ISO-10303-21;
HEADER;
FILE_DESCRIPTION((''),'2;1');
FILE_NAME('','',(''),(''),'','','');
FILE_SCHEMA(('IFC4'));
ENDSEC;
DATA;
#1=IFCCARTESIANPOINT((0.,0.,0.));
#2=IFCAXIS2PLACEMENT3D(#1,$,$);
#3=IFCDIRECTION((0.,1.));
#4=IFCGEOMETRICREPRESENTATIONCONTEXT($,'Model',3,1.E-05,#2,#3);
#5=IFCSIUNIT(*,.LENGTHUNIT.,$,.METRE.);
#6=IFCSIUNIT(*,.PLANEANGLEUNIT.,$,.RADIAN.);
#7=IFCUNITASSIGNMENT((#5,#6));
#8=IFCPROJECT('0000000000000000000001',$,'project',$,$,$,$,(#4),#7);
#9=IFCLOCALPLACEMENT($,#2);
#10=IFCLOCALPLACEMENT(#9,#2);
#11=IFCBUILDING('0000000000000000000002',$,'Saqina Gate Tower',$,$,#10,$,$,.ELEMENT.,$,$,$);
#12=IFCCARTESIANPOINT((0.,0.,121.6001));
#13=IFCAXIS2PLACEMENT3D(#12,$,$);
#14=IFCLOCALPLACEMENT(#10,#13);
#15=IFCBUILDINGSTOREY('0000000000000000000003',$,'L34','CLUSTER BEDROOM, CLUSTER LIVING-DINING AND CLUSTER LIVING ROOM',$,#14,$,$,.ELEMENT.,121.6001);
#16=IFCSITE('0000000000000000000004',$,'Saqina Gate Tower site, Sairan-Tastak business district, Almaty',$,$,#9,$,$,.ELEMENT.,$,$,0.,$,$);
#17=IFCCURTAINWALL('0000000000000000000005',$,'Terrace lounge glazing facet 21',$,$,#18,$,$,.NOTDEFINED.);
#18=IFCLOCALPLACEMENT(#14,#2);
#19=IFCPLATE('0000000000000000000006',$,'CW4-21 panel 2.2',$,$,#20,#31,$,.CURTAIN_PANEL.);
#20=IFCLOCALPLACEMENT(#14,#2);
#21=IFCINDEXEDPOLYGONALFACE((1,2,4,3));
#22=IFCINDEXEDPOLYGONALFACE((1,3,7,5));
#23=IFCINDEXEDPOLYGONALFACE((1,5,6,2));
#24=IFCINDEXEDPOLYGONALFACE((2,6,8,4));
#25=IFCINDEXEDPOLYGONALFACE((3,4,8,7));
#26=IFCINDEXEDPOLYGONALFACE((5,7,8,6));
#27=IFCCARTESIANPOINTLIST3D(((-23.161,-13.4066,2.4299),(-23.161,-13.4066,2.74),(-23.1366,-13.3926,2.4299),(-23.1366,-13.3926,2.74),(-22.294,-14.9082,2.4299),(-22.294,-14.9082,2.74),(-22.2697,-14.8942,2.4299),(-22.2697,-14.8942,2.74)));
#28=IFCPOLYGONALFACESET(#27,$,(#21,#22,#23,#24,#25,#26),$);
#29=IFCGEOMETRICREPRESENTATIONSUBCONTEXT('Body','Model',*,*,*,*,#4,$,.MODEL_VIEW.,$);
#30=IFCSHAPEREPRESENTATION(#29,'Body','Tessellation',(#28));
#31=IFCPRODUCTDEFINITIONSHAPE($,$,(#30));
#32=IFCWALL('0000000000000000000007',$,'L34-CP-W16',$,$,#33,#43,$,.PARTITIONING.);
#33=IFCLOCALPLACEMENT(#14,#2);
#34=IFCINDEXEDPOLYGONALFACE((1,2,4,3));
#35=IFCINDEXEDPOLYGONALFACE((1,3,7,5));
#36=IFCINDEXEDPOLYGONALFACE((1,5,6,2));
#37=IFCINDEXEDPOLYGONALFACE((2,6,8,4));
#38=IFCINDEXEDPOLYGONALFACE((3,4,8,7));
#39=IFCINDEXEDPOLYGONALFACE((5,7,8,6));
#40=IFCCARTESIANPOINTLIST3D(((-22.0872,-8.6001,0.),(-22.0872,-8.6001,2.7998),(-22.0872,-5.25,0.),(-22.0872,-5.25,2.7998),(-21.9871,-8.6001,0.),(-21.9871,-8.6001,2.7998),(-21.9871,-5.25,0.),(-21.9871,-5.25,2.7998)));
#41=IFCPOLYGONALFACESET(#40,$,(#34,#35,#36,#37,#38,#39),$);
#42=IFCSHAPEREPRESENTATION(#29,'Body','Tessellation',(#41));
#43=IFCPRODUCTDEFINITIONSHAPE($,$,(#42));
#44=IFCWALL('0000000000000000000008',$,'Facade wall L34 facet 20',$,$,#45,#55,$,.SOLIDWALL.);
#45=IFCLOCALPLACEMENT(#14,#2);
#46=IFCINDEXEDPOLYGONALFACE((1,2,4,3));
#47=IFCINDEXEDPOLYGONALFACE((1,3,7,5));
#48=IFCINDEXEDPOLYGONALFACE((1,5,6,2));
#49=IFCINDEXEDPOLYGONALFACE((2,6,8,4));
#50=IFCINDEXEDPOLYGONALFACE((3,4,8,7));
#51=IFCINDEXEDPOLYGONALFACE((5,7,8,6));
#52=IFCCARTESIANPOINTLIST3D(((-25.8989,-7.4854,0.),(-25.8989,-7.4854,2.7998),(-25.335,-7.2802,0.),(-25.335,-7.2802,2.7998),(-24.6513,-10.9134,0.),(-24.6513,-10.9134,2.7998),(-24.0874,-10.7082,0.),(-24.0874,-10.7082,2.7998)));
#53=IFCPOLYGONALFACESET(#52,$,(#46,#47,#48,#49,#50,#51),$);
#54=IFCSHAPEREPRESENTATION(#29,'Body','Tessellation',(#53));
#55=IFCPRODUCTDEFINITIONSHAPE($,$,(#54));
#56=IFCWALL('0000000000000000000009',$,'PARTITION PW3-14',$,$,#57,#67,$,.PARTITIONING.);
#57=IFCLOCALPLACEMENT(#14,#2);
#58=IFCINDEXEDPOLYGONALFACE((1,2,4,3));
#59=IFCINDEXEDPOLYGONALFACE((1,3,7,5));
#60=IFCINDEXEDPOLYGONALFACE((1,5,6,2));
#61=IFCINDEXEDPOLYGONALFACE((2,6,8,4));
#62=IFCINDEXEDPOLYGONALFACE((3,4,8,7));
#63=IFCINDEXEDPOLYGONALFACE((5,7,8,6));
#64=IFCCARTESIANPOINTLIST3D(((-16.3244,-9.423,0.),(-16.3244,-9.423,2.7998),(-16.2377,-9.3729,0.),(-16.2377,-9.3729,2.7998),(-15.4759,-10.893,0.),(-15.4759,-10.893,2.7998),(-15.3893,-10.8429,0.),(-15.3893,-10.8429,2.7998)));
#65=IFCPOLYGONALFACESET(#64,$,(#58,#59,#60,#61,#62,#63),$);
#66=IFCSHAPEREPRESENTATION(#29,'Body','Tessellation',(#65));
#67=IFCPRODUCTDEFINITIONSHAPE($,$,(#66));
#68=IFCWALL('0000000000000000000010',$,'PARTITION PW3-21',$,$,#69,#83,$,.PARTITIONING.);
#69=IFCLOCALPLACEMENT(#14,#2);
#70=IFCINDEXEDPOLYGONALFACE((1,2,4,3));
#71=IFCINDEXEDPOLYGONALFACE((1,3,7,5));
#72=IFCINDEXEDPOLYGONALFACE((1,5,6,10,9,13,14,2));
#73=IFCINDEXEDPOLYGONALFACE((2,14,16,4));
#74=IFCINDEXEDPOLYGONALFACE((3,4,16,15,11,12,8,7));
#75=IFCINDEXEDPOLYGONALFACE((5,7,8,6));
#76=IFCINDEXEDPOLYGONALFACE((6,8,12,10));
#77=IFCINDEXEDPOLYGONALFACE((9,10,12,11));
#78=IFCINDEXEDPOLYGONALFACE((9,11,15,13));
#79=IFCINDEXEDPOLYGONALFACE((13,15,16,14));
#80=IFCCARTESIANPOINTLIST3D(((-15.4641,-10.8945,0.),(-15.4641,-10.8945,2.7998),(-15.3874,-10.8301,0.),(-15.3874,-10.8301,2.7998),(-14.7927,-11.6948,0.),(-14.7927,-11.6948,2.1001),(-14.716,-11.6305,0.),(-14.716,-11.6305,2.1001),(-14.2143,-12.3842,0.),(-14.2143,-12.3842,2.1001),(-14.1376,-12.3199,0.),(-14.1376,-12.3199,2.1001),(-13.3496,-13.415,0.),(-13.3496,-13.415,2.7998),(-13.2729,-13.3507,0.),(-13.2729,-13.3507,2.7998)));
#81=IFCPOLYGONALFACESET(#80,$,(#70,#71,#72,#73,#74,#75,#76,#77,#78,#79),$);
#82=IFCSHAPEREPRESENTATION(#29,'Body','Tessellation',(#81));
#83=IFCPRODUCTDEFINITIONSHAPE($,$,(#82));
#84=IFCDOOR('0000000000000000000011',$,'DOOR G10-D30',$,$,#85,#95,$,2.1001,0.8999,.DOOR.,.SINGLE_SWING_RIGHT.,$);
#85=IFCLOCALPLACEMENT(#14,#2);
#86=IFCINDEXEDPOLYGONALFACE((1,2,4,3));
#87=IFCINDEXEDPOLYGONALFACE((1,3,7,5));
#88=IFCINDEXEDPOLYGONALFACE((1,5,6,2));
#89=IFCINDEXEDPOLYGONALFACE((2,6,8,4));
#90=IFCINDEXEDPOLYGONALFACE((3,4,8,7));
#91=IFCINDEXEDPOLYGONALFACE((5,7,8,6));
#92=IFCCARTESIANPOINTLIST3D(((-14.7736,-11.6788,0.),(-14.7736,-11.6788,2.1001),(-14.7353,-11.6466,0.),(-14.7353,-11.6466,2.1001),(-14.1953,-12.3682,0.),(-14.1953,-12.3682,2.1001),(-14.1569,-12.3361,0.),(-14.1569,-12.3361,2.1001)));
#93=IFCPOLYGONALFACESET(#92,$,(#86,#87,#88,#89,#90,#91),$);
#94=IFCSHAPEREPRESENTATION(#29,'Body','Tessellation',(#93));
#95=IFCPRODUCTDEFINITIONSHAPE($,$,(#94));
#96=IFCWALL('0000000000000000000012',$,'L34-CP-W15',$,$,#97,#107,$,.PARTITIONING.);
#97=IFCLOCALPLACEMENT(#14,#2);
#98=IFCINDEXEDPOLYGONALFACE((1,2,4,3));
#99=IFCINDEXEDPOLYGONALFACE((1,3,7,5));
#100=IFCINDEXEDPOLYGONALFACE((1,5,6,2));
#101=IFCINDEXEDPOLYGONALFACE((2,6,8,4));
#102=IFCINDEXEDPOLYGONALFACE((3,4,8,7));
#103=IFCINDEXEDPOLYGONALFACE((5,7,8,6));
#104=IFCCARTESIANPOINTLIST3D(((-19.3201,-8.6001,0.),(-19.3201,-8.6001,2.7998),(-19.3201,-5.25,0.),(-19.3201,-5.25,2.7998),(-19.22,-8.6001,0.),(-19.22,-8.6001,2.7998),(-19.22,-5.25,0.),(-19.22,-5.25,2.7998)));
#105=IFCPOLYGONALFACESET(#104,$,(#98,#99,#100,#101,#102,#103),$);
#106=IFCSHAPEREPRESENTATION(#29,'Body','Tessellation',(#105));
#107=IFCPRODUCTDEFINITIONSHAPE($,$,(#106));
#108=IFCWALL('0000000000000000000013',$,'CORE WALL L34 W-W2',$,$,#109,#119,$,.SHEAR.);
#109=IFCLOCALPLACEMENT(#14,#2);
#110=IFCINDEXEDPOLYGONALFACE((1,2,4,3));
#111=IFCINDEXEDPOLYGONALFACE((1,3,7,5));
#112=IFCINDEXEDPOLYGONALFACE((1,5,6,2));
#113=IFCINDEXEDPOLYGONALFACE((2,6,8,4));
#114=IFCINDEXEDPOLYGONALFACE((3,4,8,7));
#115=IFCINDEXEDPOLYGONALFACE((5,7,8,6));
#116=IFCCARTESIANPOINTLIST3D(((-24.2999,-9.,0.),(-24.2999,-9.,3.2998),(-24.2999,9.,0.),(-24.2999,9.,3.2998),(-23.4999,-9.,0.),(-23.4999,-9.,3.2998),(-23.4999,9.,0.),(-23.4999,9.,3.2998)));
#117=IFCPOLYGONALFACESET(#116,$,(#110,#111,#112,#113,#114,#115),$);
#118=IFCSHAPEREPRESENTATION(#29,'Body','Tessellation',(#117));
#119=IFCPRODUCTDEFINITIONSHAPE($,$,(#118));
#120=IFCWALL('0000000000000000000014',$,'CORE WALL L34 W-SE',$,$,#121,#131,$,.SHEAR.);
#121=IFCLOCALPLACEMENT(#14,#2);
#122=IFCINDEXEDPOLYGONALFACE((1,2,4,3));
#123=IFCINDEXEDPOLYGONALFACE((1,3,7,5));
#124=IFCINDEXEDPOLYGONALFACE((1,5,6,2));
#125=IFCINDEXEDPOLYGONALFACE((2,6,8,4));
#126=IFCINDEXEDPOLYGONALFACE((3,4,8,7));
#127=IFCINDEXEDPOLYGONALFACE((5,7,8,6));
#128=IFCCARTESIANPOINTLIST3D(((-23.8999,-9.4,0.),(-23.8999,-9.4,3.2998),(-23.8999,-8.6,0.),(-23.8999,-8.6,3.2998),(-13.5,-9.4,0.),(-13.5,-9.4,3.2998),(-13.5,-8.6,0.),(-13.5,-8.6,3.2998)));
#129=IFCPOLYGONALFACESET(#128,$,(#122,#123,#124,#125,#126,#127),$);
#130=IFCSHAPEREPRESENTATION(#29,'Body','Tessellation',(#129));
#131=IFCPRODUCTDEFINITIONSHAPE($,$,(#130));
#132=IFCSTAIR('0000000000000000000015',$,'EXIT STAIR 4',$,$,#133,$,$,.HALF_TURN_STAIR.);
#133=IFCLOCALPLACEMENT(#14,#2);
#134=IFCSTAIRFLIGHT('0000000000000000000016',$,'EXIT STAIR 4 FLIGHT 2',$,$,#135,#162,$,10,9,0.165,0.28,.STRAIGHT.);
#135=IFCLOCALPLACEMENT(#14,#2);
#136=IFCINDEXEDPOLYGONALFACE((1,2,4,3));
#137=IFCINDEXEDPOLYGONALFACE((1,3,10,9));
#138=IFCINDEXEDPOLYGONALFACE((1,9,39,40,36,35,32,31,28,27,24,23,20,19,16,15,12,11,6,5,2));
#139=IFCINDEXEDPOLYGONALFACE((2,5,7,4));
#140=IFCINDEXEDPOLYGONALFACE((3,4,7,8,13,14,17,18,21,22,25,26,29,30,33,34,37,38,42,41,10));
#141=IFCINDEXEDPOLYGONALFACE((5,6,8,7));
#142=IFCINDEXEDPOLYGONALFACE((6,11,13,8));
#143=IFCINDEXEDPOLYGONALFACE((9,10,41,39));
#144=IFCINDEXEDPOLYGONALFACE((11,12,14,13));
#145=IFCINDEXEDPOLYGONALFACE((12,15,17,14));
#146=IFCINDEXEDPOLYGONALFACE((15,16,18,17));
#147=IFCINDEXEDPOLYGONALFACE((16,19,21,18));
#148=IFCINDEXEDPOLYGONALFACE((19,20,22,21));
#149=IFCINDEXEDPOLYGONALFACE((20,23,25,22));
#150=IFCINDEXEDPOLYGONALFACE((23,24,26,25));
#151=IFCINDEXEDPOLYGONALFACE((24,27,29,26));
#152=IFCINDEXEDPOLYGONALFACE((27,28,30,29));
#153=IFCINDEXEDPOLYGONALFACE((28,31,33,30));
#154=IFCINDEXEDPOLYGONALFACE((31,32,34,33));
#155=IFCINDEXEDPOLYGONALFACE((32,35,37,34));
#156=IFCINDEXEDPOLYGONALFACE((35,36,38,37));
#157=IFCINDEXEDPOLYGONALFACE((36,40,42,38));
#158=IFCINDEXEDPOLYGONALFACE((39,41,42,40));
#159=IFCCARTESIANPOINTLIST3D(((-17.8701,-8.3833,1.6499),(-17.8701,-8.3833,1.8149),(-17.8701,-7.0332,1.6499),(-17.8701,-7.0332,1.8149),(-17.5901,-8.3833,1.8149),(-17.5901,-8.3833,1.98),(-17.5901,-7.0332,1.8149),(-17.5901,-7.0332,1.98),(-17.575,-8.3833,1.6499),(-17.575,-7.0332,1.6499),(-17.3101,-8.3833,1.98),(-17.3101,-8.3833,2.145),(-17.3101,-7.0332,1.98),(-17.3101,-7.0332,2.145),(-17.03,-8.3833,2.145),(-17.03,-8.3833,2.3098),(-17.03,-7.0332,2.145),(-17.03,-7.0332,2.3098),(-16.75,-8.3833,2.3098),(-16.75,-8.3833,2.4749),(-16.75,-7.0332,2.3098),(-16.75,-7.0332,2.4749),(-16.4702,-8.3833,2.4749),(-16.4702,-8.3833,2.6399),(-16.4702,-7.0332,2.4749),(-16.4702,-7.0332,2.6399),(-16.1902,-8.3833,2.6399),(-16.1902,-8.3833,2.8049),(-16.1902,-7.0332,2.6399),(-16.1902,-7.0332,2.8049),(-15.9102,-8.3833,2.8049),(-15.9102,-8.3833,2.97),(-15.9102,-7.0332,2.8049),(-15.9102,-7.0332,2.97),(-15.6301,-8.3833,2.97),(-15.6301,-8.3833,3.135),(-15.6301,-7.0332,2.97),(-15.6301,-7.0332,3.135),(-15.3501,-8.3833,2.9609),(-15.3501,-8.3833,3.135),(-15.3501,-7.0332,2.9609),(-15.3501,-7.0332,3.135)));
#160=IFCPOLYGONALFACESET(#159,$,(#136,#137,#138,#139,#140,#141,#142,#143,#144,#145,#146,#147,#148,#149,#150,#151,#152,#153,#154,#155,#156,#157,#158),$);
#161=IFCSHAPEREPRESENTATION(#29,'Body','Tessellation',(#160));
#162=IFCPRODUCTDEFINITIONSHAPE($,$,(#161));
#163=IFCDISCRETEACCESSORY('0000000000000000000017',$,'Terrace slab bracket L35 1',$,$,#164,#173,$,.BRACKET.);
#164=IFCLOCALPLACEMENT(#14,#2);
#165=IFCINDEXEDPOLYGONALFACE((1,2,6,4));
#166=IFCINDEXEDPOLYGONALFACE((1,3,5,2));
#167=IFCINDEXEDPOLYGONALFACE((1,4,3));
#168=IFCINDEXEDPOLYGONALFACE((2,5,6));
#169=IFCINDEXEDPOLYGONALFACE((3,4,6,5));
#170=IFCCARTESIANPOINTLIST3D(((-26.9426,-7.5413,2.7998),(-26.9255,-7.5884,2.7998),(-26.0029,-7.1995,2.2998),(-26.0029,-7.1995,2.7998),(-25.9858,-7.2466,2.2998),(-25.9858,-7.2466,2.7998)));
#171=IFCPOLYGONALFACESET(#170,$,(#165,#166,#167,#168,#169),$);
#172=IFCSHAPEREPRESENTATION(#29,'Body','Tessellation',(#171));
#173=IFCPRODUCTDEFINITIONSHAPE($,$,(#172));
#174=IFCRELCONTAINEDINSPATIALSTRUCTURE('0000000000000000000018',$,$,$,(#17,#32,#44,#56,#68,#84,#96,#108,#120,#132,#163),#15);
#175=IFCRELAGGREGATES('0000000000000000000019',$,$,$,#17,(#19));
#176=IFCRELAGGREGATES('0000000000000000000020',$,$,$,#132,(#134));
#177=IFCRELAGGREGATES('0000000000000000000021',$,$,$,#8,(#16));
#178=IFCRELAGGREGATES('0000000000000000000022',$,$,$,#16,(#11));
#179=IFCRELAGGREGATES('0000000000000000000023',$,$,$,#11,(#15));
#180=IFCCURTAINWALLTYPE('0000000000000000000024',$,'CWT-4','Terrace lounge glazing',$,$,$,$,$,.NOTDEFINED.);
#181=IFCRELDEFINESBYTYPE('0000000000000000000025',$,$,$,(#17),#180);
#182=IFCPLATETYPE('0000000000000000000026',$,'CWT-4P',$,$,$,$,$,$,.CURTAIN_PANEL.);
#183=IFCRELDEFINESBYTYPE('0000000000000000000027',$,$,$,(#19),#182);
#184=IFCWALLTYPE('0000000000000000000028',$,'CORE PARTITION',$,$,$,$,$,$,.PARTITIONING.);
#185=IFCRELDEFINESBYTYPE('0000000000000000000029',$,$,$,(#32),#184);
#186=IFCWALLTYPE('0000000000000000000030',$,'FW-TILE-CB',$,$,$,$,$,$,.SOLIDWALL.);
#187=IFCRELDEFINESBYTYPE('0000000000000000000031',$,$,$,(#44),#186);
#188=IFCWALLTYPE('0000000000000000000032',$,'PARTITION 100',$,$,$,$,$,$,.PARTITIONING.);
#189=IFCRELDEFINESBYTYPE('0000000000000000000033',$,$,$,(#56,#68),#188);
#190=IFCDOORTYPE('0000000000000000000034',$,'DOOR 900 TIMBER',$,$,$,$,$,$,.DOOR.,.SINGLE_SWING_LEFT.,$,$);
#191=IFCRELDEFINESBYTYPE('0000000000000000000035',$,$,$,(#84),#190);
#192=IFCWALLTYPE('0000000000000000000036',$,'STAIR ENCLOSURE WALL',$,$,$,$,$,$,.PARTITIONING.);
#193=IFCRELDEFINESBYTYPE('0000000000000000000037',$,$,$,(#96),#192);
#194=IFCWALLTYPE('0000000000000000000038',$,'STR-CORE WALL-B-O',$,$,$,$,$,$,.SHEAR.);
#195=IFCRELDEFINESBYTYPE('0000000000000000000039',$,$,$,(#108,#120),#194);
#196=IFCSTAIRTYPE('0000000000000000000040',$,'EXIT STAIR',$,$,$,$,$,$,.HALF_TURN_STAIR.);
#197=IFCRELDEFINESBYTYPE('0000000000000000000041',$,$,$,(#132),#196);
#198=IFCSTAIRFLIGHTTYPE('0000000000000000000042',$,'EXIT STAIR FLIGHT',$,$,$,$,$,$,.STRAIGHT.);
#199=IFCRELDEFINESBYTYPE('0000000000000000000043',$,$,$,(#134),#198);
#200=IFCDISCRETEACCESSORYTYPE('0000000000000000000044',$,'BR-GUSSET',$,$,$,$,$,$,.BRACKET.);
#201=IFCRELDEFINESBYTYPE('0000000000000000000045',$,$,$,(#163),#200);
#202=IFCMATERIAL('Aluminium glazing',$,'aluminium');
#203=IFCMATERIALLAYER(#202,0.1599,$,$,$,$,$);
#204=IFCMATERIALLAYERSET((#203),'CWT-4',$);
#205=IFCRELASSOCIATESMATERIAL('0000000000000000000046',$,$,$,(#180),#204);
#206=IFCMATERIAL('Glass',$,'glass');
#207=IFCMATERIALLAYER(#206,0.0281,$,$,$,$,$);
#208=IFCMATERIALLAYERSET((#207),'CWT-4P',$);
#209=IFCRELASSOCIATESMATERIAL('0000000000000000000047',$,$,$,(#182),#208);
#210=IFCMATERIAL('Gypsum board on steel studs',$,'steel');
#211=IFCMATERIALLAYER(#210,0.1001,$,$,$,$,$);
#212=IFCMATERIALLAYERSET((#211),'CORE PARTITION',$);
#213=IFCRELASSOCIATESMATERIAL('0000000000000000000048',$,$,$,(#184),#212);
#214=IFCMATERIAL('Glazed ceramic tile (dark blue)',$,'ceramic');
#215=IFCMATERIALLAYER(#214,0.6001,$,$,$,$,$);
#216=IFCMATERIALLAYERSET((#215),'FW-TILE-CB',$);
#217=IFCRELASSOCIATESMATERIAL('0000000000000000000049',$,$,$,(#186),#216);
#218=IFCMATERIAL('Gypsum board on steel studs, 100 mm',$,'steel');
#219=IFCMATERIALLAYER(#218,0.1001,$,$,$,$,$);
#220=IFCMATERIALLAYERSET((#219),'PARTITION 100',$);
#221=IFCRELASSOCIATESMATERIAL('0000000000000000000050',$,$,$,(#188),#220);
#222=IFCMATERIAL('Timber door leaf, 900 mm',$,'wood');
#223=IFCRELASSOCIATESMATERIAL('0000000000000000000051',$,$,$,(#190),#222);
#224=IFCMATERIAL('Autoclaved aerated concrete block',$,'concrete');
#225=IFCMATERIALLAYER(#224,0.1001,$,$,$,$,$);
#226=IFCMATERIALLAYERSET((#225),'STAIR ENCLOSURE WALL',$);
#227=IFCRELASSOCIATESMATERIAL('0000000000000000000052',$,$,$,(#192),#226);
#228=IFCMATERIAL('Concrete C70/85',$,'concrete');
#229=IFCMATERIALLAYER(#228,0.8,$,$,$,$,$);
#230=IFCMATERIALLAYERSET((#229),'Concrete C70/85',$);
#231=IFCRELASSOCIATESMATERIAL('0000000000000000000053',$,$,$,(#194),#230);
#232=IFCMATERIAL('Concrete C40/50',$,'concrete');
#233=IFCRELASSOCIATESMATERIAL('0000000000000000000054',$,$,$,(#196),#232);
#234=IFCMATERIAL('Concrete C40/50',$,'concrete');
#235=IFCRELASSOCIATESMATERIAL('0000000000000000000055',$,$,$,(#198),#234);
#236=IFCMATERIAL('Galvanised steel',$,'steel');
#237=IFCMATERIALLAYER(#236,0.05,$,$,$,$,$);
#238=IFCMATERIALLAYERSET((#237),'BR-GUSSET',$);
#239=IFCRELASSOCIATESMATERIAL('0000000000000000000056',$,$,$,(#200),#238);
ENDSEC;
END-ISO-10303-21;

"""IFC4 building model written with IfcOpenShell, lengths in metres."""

from ifc_helpers import new_model, si_unit, direction, frame, frame_2d, origin, origin_2d, place, context, subcontext, project, spatial, polyline, rectangle, outline, extrude, material, layer, layer_set, type_object, element, fill, aggregate, save


model = new_model("IFC4")

# Units and contexts
model_context = context("Model", 3, precision=1e-05, world=origin(), true_north=direction((0.0, 1.0)))
body_context = subcontext(model_context, "Body", "Model", "MODEL_VIEW")
ifc_project = project(units=[si_unit("LENGTHUNIT", "METRE"), si_unit("PLANEANGLEUNIT", "RADIAN")], contexts=[model_context])

# Site, building, storey
site_placement = place(None, origin())
site = spatial("IfcSite", under=ifc_project, at=site_placement, Name="Saqina Gate Tower site, Sairan-Tastak business district, Almaty", CompositionType="ELEMENT", RefElevation=0.0)
building_placement = place(site_placement, origin())
building = spatial("IfcBuilding", under=site, at=building_placement, Name="Saqina Gate Tower", CompositionType="ELEMENT")
storey_placement = place(building_placement, frame((0.0, 0.0, 121.6001)))
storey = spatial("IfcBuildingStorey", under=building, at=storey_placement, Name="L34", Description="CLUSTER BEDROOM, CLUSTER LIVING-DINING AND CLUSTER LIVING ROOM", CompositionType="ELEMENT", Elevation=121.6001)

# Curtain wall
ifc_material_1 = material(Name="Aluminium glazing", Category="aluminium")
ifc_layer_1 = layer(ifc_material_1, 0.1599)
ifc_layer_set_1 = layer_set([ifc_layer_1], Name="CWT-4")
curtain_wall_type = type_object("IfcCurtainWallType", Name="CWT-4", Description="Terrace lounge glazing", PredefinedType="NOTDEFINED", material=ifc_layer_set_1)
curtain_wall_placement = place(storey_placement, origin())
curtain_wall = element("IfcCurtainWall", 1, at=curtain_wall_placement, inside=storey, type_object=curtain_wall_type, Name="Terrace lounge glazing facet 21", PredefinedType="NOTDEFINED")

# Plate
ifc_material_2 = material(Name="Glass", Category="glass")
ifc_layer_2 = layer(ifc_material_2, 0.0281)
ifc_layer_set_2 = layer_set([ifc_layer_2], Name="CWT-4P")
plate_type = type_object("IfcPlateType", Name="CWT-4P", PredefinedType="CURTAIN_PANEL", material=ifc_layer_set_2)
plate_1_placement = place(storey_placement, frame((-22.7153, -14.1504, 2.4299), z_axis=(0.0, 0.0, 1.0), x_axis=(0.499999, -0.866026, 0.0)))
plate_1 = element("IfcPlate", 2, at=plate_1_placement, type_object=plate_type, Name="CW4-21 panel 2.2", PredefinedType="CURTAIN_PANEL", context=body_context, shape_type="SweptSolid", body=[
    extrude(rectangle(XDim=1.7339, YDim=0.0281, at=origin_2d()), origin(), (0.0, 0.0, 1.0), 0.3101),
])
aggregate(curtain_wall, [plate_1])

# Walls
ifc_material_3 = material(Name="Gypsum board on steel studs", Category="steel")
ifc_layer_3 = layer(ifc_material_3, 0.1001)
ifc_layer_set_3 = layer_set([ifc_layer_3], Name="CORE PARTITION")
wall_type_1 = type_object("IfcWallType", Name="CORE PARTITION", PredefinedType="PARTITIONING", material=ifc_layer_set_3)
wall_1_placement = place(storey_placement, frame((-22.0371, -8.6001, 0.0), z_axis=(0.0, 0.0, 1.0), x_axis=(0.0, 1.0, 0.0)))
element("IfcWall", 3, at=wall_1_placement, inside=storey, type_object=wall_type_1, Name="L34-CP-W16", PredefinedType="PARTITIONING", context=body_context, shape_type="SweptSolid", body=[
    extrude(rectangle(XDim=3.3501, YDim=0.1001, at=frame_2d((1.675, 0.0))), origin(), (0.0, 0.0, 1.0), 2.7998),
])
ifc_material_4 = material(Name="Glazed ceramic tile (dark blue)", Category="ceramic")
ifc_layer_4 = layer(ifc_material_4, 0.6001)
ifc_layer_set_4 = layer_set([ifc_layer_4], Name="FW-TILE-CB")
wall_type_2 = type_object("IfcWallType", Name="FW-TILE-CB", PredefinedType="SOLIDWALL", material=ifc_layer_set_4)
wall_2_placement = place(storey_placement, frame((-25.6169, -7.3828, 0.0), z_axis=(0.0, 0.0, 1.0), x_axis=(0.34199, -0.939704, 0.0)))
element("IfcWall", 4, at=wall_2_placement, inside=storey, type_object=wall_type_2, Name="Facade wall L34 facet 20", PredefinedType="SOLIDWALL", context=body_context, shape_type="SweptSolid", body=[
    extrude(rectangle(XDim=3.6479, YDim=0.6001, at=frame_2d((1.824, 0.0))), origin(), (0.0, 0.0, 1.0), 2.7998),
])
ifc_material_5 = material(Name="Gypsum board on steel studs, 100 mm", Category="steel")
ifc_layer_5 = layer(ifc_material_5, 0.1001)
ifc_layer_set_5 = layer_set([ifc_layer_5], Name="PARTITION 100")
wall_type_3 = type_object("IfcWallType", Name="PARTITION 100", PredefinedType="PARTITIONING", material=ifc_layer_set_5)
wall_3_placement = place(storey_placement, frame((-16.281, -9.3979, 0.0), z_axis=(0.0, 0.0, 1.0), x_axis=(0.499868, -0.866102, 0.0)))
element("IfcWall", 5, at=wall_3_placement, inside=storey, type_object=wall_type_3, Name="PARTITION PW3-14", PredefinedType="PARTITIONING", context=body_context, shape_type="SweptSolid", body=[
    extrude(rectangle(XDim=1.6973, YDim=0.1001, at=frame_2d((0.8486, 0.0))), origin(), (0.0, 0.0, 1.0), 2.7998),
])

# Wall, opening, door
wall_4_placement = place(storey_placement, frame((-15.4258, -10.8623, 0.0), z_axis=(0.0, 0.0, 1.0), x_axis=(0.642706, -0.766113, 0.0)))
wall_4 = element("IfcWall", 6, at=wall_4_placement, inside=storey, type_object=wall_type_3, Name="PARTITION PW3-21", PredefinedType="PARTITIONING", context=body_context, shape_type="SweptSolid", body=[
    extrude(rectangle(XDim=3.29, YDim=0.1001, at=frame_2d((1.645, 0.0))), origin(), (0.0, 0.0, 1.0), 2.7998),
])
opening_1_placement = place(wall_4_placement, frame((1.0447, 0.0, 0.0)))
opening_1 = element("IfcOpeningElement", 7, at=opening_1_placement, cuts=wall_4, PredefinedType="OPENING", context=body_context, shape_type="SweptSolid", body=[
    extrude(rectangle(XDim=0.8999, YDim=2.1001, at=frame_2d((0.45, 1.05))), frame((0.0, 0.062, 0.0), z_axis=(0.0, -1.0, 0.0), x_axis=(1.0, 0.0, 0.0)), (0.0, 0.0, 1.0), 0.124),
])
ifc_material_6 = material(Name="Timber door leaf, 900 mm", Category="wood")
door_type_1 = type_object("IfcDoorType", Name="DOOR 900 TIMBER", OperationType="SINGLE_SWING_LEFT", PredefinedType="DOOR", material=ifc_material_6)
door_1_placement = place(opening_1_placement, origin())
door_1 = element("IfcDoor", 8, at=door_1_placement, inside=storey, type_object=door_type_1, Name="DOOR G10-D30", OperationType="SINGLE_SWING_RIGHT", OverallHeight=2.1001, OverallWidth=0.8999, PredefinedType="DOOR", context=body_context, shape_type="SweptSolid", body=[
    extrude(rectangle(XDim=0.8999, YDim=2.1001, at=frame_2d((0.45, 1.05))), frame((0.0, 0.0249, 0.0), z_axis=(0.0, -1.0, 0.0), x_axis=(1.0, 0.0, 0.0)), (0.0, 0.0, 1.0), 0.05),
])
fill(opening_1, door_1)

# Wall
ifc_material_7 = material(Name="Autoclaved aerated concrete block", Category="concrete")
ifc_layer_6 = layer(ifc_material_7, 0.1001)
ifc_layer_set_6 = layer_set([ifc_layer_6], Name="STAIR ENCLOSURE WALL")
wall_type_4 = type_object("IfcWallType", Name="STAIR ENCLOSURE WALL", PredefinedType="PARTITIONING", material=ifc_layer_set_6)
wall_5_placement = place(storey_placement, frame((-19.27, -8.6001, 0.0), z_axis=(0.0, 0.0, 1.0), x_axis=(0.0, 1.0, 0.0)))
element("IfcWall", 9, at=wall_5_placement, inside=storey, type_object=wall_type_4, Name="L34-CP-W15", PredefinedType="PARTITIONING", context=body_context, shape_type="SweptSolid", body=[
    extrude(rectangle(XDim=3.3501, YDim=0.1001, at=frame_2d((1.675, 0.0))), origin(), (0.0, 0.0, 1.0), 2.7998),
])

# Shared definitions
ifc_material_8 = material(Name="Concrete C70/85", Category="concrete")
ifc_layer_7 = layer(ifc_material_8, 0.8)
ifc_layer_set_7 = layer_set([ifc_layer_7], Name="Concrete C70/85")
wall_type_5 = type_object("IfcWallType", Name="STR-CORE WALL-B-O", PredefinedType="SHEAR", material=ifc_layer_set_7)

# Walls
wall_6_placement = place(storey_placement, frame((-23.8999, -9.0, 0.0), z_axis=(0.0, 0.0, 1.0), x_axis=(0.0, 1.0, 0.0)))
element("IfcWall", 10, at=wall_6_placement, inside=storey, type_object=wall_type_5, Name="CORE WALL L34 W-W2", PredefinedType="SHEAR", context=body_context, shape_type="SweptSolid", body=[
    extrude(rectangle(XDim=18.0, YDim=0.8, at=frame_2d((9.0, 0.0))), origin(), (0.0, 0.0, 1.0), 3.2998),
])
wall_7_placement = place(storey_placement, frame((-13.5, -9.0, 0.0), z_axis=(0.0, 0.0, 1.0), x_axis=(-1.0, 0.0, 0.0)))
element("IfcWall", 11, at=wall_7_placement, inside=storey, type_object=wall_type_5, Name="CORE WALL L34 W-SE", PredefinedType="SHEAR", context=body_context, shape_type="SweptSolid", body=[
    extrude(rectangle(XDim=10.3999, YDim=0.8, at=frame_2d((5.2, 0.0))), origin(), (0.0, 0.0, 1.0), 3.2998),
])

# Stair, stair flight
ifc_material_9 = material(Name="Concrete C40/50", Category="concrete")
stair_type = type_object("IfcStairType", Name="EXIT STAIR", PredefinedType="HALF_TURN_STAIR", material=ifc_material_9)
stair_placement = place(storey_placement, origin())
stair = element("IfcStair", 12, at=stair_placement, inside=storey, type_object=stair_type, Name="EXIT STAIR 4", PredefinedType="HALF_TURN_STAIR")
ifc_material_10 = material(Name="Concrete C40/50", Category="concrete")
stair_flight_type = type_object("IfcStairFlightType", Name="EXIT STAIR FLIGHT", PredefinedType="STRAIGHT", material=ifc_material_10)
stair_flight_placement = place(storey_placement, frame((-17.8701, -7.7083, 1.6499), z_axis=(0.0, 0.0, 1.0), x_axis=(1.0, 0.0, 0.0)))
stair_flight = element("IfcStairFlight", 13, at=stair_flight_placement, type_object=stair_flight_type, Name="EXIT STAIR 4 FLIGHT 2", NumberOfRisers=10, NumberOfTreads=9, PredefinedType="STRAIGHT", RiserHeight=0.165, TreadLength=0.28, context=body_context, shape_type="SweptSolid", body=[
    extrude(outline(polyline([(0.0, 0.0), (0.0, 0.165), (0.28, 0.165), (0.28, 0.3301), (0.5601, 0.3301), (0.5601, 0.4951), (0.8401, 0.4951), (0.8401, 0.6599), (1.1201, 0.6599), (1.1201, 0.825), (1.3999, 0.825), (1.3999, 0.99), (1.6799, 0.99), (1.6799, 1.155), (1.96, 1.155), (1.96, 1.3201), (2.24, 1.3201), (2.24, 1.4851), (2.52, 1.4851), (2.52, 1.6499), (2.52, 1.311), (0.2952, 0.0), (0.0, 0.0)])), frame((0.0, 0.675, 0.0), z_axis=(0.0, -1.0, 0.0), x_axis=(1.0, 0.0, 0.0)), (0.0, 0.0, 1.0), 1.3501),
])
aggregate(stair, [stair_flight])

# Discrete accessory
ifc_material_11 = material(Name="Galvanised steel", Category="steel")
ifc_layer_8 = layer(ifc_material_11, 0.05)
ifc_layer_set_8 = layer_set([ifc_layer_8], Name="BR-GUSSET")
discrete_accessory_type = type_object("IfcDiscreteAccessoryType", Name="BR-GUSSET", PredefinedType="BRACKET", material=ifc_layer_set_8)
discrete_accessory_1_placement = place(storey_placement, frame((-25.9858, -7.2466, 2.2998), z_axis=(0.341821, -0.939765, 0.0), x_axis=(0.0, 0.0, 1.0)))
element("IfcDiscreteAccessory", 14, at=discrete_accessory_1_placement, inside=storey, type_object=discrete_accessory_type, Name="Terrace slab bracket L35 1", PredefinedType="BRACKET", context=body_context, shape_type="SweptSolid", body=[
    extrude(outline(polyline([(0.0, 0.0), (0.5, 0.0), (0.5, 0.9999), (0.0, 0.0)])), origin(), (0.0, 0.0, -1.0), 0.05),
])

save(model, "model.ifc")
